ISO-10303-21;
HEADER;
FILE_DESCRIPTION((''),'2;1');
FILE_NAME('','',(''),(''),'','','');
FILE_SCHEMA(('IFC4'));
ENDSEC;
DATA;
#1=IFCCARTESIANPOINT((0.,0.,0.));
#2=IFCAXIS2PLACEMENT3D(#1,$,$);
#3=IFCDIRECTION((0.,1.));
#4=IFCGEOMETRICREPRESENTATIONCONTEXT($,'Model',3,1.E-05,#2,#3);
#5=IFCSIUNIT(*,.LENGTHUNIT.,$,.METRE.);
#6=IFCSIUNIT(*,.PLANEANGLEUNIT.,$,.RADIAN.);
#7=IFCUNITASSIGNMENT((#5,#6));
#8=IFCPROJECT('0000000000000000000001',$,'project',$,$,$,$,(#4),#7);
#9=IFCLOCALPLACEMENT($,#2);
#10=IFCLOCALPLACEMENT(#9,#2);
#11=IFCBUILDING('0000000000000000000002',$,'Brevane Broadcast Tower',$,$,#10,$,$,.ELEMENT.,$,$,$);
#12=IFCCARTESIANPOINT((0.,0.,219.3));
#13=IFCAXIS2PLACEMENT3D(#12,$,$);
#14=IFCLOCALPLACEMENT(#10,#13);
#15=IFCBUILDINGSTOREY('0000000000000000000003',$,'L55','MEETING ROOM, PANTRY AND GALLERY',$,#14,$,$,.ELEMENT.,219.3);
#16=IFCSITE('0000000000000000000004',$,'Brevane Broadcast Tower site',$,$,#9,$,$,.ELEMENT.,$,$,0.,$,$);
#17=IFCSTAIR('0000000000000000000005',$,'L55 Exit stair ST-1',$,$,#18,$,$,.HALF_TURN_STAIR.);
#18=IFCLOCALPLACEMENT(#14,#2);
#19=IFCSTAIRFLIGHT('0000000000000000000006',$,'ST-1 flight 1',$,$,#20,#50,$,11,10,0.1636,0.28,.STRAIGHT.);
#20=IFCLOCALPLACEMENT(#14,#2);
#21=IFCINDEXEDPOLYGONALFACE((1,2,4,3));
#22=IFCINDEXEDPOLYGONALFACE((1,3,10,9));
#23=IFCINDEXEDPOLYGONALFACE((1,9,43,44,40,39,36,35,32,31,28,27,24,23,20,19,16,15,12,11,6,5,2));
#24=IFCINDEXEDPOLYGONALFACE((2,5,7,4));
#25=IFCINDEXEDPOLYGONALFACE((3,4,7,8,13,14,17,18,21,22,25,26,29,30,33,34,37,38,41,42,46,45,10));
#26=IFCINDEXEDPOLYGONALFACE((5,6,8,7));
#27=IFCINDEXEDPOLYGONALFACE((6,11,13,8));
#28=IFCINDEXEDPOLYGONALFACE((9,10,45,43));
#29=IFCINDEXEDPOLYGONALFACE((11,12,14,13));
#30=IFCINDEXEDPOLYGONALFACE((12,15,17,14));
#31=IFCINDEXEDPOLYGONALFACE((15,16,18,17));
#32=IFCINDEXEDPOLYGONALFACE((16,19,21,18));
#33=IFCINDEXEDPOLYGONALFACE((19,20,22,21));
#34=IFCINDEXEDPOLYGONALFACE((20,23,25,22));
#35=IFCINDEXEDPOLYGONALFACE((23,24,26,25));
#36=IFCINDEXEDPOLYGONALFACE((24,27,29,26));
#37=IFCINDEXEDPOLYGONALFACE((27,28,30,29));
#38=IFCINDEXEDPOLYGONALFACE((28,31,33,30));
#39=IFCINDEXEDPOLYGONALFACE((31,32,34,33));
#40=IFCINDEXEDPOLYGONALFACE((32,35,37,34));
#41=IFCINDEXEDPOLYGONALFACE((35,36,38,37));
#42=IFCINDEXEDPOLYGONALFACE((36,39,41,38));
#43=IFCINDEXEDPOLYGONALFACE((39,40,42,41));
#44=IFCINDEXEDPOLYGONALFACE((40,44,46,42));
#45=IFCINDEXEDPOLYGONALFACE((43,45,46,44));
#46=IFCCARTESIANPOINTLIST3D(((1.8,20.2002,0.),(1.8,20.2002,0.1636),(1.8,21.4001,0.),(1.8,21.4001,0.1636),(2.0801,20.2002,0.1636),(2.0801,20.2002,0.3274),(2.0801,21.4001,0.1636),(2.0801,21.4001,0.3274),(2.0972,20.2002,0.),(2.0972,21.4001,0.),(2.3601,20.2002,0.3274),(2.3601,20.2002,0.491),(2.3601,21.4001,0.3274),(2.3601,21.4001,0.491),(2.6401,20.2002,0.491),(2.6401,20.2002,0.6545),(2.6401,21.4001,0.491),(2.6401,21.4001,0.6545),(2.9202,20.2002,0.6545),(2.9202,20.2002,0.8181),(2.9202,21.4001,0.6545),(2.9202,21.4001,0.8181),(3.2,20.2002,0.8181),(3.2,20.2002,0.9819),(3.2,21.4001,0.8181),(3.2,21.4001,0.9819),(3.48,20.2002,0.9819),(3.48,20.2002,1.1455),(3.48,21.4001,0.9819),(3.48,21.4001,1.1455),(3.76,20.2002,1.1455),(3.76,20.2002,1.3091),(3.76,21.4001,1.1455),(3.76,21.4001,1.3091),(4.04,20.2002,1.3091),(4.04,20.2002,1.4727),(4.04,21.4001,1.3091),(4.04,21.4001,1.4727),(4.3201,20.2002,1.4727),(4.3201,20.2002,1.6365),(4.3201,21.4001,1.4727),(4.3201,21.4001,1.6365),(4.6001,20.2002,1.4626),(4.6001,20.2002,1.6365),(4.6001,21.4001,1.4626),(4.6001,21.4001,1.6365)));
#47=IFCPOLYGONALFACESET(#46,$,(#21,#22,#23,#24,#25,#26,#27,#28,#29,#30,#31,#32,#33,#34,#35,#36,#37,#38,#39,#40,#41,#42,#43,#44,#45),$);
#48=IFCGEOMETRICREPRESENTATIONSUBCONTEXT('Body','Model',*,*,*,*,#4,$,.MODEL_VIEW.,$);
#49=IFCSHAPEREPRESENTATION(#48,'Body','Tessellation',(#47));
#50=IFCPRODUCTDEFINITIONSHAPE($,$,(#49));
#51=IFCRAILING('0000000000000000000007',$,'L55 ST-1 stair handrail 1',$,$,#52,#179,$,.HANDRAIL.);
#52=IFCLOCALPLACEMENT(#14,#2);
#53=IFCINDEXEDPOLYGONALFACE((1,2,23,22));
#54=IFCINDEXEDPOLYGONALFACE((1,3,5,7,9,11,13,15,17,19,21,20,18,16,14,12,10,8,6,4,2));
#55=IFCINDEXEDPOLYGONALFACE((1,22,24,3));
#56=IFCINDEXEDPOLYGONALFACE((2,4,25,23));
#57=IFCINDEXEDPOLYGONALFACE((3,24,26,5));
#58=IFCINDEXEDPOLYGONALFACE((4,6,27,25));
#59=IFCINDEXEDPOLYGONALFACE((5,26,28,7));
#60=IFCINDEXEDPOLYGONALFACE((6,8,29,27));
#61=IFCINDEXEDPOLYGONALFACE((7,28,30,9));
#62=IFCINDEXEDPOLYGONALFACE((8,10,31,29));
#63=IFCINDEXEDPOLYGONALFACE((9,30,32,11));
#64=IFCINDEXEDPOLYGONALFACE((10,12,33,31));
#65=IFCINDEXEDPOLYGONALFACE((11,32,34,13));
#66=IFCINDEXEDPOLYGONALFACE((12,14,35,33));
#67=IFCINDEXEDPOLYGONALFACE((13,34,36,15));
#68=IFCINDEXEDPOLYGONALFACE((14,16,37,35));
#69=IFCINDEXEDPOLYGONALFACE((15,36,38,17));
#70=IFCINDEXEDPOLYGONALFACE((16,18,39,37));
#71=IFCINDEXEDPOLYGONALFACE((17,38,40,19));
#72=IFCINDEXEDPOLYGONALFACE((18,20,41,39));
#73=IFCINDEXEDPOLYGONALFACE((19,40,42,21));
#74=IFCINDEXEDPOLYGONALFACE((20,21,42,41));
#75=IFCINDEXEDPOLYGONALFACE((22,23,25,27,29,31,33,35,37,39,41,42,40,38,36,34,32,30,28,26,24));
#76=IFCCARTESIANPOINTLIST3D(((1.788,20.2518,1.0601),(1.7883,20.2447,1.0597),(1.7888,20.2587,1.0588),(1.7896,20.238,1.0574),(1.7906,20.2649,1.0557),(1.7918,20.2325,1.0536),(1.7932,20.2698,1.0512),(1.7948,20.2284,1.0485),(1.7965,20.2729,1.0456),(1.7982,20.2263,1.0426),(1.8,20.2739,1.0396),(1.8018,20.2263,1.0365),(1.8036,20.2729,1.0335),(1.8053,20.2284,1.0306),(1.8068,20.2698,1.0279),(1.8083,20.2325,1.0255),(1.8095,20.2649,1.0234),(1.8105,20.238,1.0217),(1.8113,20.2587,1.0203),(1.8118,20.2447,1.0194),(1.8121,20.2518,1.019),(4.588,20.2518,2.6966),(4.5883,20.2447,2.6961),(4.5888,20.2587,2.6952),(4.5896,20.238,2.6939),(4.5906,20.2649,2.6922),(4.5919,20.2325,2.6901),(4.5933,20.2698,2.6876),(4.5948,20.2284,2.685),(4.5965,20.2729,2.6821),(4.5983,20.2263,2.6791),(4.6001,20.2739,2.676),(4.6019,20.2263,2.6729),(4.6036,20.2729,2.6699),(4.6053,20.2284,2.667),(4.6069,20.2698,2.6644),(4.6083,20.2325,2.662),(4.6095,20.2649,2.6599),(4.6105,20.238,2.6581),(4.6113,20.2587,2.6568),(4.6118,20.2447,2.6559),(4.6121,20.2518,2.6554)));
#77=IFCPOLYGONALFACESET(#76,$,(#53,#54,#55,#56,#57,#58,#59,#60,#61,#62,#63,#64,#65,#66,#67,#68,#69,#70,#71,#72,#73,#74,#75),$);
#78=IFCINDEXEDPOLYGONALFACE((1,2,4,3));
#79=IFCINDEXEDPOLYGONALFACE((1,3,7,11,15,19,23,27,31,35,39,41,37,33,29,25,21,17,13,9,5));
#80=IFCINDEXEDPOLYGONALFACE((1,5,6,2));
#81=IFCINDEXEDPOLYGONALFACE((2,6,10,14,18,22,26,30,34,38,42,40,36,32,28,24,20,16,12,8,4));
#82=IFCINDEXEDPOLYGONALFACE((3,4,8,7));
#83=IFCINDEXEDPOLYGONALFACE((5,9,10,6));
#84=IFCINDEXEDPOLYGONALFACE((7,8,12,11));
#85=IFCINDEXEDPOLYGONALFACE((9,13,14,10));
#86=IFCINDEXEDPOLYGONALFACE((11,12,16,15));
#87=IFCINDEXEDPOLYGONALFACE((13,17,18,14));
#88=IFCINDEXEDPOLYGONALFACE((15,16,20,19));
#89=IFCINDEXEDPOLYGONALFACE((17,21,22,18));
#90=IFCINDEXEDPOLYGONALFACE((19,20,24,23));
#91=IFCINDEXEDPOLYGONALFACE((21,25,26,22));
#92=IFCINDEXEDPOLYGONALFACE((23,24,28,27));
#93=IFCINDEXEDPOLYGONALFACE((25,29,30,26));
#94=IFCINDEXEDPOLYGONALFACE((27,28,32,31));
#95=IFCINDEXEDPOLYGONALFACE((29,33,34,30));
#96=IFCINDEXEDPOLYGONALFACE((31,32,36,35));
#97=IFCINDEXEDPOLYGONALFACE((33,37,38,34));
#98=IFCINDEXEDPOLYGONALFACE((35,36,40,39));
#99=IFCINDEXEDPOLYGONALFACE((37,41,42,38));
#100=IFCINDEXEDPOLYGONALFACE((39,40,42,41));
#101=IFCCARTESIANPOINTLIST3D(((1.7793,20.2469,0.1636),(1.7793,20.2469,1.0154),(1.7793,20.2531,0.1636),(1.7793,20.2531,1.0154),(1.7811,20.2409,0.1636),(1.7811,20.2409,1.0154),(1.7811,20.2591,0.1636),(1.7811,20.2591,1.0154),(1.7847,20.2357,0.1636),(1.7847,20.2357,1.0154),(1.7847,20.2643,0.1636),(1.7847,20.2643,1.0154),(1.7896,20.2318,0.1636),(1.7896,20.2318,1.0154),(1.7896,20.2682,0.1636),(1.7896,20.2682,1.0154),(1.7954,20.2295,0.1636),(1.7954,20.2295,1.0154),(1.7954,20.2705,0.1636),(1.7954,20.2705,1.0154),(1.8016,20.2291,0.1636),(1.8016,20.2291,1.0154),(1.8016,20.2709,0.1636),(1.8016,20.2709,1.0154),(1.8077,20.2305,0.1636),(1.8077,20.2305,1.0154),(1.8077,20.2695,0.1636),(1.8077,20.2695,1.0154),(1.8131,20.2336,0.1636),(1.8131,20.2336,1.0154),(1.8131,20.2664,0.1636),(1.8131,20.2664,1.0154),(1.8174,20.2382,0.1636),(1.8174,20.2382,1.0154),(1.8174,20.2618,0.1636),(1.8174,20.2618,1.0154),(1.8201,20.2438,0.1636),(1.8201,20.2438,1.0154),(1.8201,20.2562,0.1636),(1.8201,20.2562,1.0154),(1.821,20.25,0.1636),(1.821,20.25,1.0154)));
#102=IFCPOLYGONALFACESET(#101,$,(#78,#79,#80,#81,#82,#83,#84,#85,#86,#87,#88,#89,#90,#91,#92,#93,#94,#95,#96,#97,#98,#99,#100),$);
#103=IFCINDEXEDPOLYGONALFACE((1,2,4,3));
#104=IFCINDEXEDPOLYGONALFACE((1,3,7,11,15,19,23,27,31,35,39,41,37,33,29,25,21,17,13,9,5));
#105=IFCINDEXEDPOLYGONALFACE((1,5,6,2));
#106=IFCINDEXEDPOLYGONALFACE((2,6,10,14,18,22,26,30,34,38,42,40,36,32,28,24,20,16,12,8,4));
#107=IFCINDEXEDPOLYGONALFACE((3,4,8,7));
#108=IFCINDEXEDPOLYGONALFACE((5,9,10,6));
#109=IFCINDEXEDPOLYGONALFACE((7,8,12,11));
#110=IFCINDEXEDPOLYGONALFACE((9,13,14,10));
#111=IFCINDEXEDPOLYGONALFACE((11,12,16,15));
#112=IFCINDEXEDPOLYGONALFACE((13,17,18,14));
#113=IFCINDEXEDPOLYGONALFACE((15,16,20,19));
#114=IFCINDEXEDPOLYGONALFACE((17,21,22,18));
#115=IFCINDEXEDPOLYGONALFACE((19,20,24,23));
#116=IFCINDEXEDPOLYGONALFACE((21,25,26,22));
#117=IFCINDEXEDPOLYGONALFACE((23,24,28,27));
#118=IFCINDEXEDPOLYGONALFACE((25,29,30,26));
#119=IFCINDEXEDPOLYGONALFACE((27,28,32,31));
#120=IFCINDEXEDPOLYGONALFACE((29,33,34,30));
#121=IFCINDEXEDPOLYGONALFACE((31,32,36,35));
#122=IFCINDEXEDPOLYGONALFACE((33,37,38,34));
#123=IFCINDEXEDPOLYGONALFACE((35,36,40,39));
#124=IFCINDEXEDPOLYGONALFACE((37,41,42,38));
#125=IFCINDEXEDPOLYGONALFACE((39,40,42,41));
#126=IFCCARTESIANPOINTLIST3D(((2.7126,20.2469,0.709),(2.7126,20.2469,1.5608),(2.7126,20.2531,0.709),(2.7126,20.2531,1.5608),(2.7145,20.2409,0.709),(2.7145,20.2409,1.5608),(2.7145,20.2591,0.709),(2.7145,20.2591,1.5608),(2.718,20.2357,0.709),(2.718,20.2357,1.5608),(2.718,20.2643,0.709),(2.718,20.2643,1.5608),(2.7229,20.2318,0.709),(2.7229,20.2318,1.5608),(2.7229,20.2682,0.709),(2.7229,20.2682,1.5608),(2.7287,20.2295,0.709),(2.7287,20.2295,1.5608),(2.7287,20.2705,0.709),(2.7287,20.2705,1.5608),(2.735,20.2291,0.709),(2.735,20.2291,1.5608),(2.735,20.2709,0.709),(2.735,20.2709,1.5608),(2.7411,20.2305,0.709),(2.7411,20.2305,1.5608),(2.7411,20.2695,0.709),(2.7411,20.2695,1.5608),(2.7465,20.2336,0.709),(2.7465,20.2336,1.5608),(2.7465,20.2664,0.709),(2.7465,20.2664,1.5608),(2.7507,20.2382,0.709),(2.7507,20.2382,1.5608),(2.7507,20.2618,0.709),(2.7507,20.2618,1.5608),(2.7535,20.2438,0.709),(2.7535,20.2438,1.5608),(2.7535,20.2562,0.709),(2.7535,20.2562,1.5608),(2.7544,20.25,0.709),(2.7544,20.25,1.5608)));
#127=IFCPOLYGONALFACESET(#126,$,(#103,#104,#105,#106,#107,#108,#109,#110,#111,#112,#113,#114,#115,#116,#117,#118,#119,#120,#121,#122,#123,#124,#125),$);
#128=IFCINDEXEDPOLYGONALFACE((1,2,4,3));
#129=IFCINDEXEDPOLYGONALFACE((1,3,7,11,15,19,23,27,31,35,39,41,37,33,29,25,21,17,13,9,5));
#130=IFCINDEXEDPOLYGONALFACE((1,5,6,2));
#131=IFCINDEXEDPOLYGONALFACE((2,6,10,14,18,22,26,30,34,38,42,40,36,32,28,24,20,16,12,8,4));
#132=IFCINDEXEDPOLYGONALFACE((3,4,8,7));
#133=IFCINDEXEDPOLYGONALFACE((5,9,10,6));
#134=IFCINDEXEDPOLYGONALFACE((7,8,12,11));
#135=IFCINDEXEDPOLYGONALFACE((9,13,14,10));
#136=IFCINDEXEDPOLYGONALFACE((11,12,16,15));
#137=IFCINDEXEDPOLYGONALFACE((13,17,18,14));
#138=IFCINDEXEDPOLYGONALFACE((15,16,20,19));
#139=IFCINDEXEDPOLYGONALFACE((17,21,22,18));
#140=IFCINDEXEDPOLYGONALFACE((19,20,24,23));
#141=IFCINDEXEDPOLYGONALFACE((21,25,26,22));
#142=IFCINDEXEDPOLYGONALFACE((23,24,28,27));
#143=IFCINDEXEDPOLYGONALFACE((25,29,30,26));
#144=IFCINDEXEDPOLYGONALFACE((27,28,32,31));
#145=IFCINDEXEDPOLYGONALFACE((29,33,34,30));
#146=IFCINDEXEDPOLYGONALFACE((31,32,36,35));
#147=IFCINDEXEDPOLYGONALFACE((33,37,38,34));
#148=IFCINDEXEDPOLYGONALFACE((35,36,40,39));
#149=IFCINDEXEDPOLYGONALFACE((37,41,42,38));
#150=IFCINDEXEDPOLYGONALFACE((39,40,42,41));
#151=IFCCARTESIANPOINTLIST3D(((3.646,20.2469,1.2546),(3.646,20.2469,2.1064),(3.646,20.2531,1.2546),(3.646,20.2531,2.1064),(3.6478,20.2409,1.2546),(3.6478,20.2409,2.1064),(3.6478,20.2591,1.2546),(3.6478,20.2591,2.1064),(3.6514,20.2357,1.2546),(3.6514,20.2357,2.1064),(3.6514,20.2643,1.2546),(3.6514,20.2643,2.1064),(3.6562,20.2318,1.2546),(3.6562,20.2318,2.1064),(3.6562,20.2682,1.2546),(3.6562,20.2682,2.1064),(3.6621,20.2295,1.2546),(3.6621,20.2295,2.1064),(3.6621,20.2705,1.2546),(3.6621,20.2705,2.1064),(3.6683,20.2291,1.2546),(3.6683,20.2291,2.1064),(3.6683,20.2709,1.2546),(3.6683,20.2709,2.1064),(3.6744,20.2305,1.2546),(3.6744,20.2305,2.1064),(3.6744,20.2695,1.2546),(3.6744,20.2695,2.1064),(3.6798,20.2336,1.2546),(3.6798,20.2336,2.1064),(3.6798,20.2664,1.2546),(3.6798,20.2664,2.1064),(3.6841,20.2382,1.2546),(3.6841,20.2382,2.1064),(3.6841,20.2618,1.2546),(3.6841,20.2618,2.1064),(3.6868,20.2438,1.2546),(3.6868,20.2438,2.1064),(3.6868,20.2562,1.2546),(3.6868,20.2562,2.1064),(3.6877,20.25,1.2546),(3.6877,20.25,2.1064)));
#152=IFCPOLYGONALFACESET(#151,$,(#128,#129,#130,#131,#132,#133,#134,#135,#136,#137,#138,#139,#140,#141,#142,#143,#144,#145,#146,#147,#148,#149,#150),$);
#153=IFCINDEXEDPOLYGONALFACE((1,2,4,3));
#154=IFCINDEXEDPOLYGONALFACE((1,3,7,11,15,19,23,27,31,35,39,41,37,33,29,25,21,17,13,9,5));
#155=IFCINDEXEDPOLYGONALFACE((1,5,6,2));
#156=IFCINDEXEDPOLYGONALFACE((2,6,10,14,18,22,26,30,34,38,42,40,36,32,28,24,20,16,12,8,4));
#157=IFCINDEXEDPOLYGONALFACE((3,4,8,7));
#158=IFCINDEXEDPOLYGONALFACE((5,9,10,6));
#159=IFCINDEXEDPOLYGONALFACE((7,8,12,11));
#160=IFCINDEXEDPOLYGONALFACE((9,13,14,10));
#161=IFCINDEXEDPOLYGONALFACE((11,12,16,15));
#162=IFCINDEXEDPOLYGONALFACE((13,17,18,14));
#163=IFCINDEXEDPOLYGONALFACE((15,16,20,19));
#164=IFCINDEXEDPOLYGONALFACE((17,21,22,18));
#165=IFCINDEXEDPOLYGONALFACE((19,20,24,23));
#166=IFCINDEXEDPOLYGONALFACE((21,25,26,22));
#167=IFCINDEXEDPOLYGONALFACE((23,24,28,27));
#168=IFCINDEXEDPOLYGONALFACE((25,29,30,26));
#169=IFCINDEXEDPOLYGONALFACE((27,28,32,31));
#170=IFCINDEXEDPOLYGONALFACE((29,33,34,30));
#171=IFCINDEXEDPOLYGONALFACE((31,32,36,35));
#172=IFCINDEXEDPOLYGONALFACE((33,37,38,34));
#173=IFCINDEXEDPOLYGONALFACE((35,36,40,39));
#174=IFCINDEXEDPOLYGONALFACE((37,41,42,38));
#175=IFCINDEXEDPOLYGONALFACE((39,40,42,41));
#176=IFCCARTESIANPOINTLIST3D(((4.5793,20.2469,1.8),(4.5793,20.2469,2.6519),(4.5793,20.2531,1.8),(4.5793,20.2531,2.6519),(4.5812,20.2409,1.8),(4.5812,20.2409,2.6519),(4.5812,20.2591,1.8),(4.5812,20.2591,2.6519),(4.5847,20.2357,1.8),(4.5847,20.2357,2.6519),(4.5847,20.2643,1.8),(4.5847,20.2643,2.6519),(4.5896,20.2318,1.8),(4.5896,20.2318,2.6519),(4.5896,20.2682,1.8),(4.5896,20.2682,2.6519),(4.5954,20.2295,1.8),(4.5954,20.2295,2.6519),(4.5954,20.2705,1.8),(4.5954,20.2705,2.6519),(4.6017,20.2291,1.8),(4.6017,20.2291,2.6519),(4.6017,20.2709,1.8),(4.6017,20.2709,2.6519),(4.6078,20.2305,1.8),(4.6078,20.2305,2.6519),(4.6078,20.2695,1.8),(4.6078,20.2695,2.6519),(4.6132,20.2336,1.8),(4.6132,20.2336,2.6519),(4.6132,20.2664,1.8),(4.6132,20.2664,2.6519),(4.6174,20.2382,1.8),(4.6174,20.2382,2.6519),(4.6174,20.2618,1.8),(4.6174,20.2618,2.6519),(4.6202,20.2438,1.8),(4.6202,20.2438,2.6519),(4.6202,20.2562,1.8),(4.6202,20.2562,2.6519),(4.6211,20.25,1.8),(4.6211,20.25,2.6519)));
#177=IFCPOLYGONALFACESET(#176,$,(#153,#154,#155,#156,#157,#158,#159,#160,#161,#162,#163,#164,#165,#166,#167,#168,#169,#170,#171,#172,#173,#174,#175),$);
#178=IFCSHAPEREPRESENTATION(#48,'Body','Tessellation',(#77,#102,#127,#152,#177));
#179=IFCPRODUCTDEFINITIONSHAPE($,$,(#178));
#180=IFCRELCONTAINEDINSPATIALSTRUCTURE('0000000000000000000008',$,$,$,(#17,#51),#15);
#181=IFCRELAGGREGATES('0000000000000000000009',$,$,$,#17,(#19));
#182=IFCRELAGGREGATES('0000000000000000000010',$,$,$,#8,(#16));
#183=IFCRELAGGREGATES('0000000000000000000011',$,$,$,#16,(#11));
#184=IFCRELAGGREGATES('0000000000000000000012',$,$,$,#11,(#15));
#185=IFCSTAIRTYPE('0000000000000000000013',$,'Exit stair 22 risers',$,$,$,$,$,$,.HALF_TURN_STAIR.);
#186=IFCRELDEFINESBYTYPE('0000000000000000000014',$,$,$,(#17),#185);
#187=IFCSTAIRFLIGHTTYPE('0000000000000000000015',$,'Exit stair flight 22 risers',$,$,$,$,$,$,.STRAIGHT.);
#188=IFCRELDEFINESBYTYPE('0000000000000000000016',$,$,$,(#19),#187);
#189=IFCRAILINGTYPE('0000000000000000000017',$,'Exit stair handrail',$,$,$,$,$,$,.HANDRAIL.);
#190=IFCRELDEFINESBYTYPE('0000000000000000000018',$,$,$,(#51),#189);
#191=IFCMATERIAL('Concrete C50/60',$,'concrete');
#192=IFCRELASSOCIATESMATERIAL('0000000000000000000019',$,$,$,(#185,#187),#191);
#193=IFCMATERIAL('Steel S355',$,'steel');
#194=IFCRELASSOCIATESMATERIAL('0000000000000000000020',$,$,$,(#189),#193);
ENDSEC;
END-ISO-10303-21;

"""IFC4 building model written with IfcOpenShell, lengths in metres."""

from ifc_helpers import new_model, si_unit, direction, frame, origin, origin_2d, place, context, subcontext, project, spatial, polyline, circle, outline, extrude, material, type_object, element, aggregate, save


model = new_model("IFC4")

# Units and contexts
model_context = context("Model", 3, precision=1e-05, world=origin(), true_north=direction((0.0, 1.0)))
body_context = subcontext(model_context, "Body", "Model", "MODEL_VIEW")
ifc_project = project(units=[si_unit("LENGTHUNIT", "METRE"), si_unit("PLANEANGLEUNIT", "RADIAN")], contexts=[model_context])

# Site, building, storey
site_placement = place(None, origin())
site = spatial("IfcSite", under=ifc_project, at=site_placement, Name="Brevane Broadcast Tower site", CompositionType="ELEMENT", RefElevation=0.0)
building_placement = place(site_placement, origin())
building = spatial("IfcBuilding", under=site, at=building_placement, Name="Brevane Broadcast Tower", CompositionType="ELEMENT")
storey_placement = place(building_placement, frame((0.0, 0.0, 219.3)))
storey = spatial("IfcBuildingStorey", under=building, at=storey_placement, Name="L55", Description="MEETING ROOM, PANTRY AND GALLERY", CompositionType="ELEMENT", Elevation=219.3)

# Shared definitions
ifc_material_1 = material(Name="Concrete C50/60", Category="concrete")

# Stair, stair flight
stair_type = type_object("IfcStairType", Name="Exit stair 22 risers", PredefinedType="HALF_TURN_STAIR", material=ifc_material_1)
stair_placement = place(storey_placement, origin())
stair = element("IfcStair", 1, at=stair_placement, inside=storey, type_object=stair_type, Name="L55 Exit stair ST-1", PredefinedType="HALF_TURN_STAIR")
stair_flight_type = type_object("IfcStairFlightType", Name="Exit stair flight 22 risers", PredefinedType="STRAIGHT", material=ifc_material_1)
stair_flight_placement = place(storey_placement, frame((1.8, 20.8, 0.0), z_axis=(0.0, 0.0, 1.0), x_axis=(1.0, 0.0, 0.0)))
stair_flight = element("IfcStairFlight", 2, at=stair_flight_placement, type_object=stair_flight_type, Name="ST-1 flight 1", NumberOfRisers=11, NumberOfTreads=10, PredefinedType="STRAIGHT", RiserHeight=0.1636, TreadLength=0.28, context=body_context, shape_type="SweptSolid", body=[
    extrude(outline(polyline([(0.0, 0.0), (0.0, 0.1636), (0.28, 0.1636), (0.28, 0.3274), (0.5601, 0.3274), (0.5601, 0.491), (0.8401, 0.491), (0.8401, 0.6545), (1.1201, 0.6545), (1.1201, 0.8181), (1.3999, 0.8181), (1.3999, 0.9819), (1.6799, 0.9819), (1.6799, 1.1455), (1.96, 1.1455), (1.96, 1.3091), (2.24, 1.3091), (2.24, 1.4727), (2.52, 1.4727), (2.52, 1.6365), (2.8, 1.6365), (2.8, 1.8), (2.8, 1.4626), (0.2971, 0.0), (0.0, 0.0)])), frame((0.0, 0.6001, 0.0), z_axis=(0.0, -1.0, 0.0), x_axis=(1.0, 0.0, 0.0)), (0.0, 0.0, 1.0), 1.2),
])
aggregate(stair, [stair_flight])

# Railing
ifc_material_2 = material(Name="Steel S355", Category="steel")
railing_type = type_object("IfcRailingType", Name="Exit stair handrail", PredefinedType="HANDRAIL", material=ifc_material_2)
railing_placement = place(storey_placement, frame((1.8, 20.25, 0.1636)))
element("IfcRailing", 3, at=railing_placement, inside=storey, type_object=railing_type, Name="L55 ST-1 stair handrail 1", PredefinedType="HANDRAIL", context=body_context, shape_type="SweptSolid", body=[
    extrude(circle(Radius=0.0239, at=origin_2d()), frame((0.0, 0.0, 0.876), z_axis=(0.863361, 0.0, 0.504587), x_axis=(0.0, 1.0, 0.0)), (0.0, 0.0, 1.0), 3.2432),
    extrude(circle(Radius=0.021, at=origin_2d()), origin(), (0.0, 0.0, 1.0), 0.8518),
    extrude(circle(Radius=0.021, at=origin_2d()), frame((0.9333, 0.0, 0.5454)), (0.0, 0.0, 1.0), 0.8518),
    extrude(circle(Radius=0.021, at=origin_2d()), frame((1.8667, 0.0, 1.0911)), (0.0, 0.0, 1.0), 0.8518),
    extrude(circle(Radius=0.021, at=origin_2d()), frame((2.8, 0.0, 1.6365)), (0.0, 0.0, 1.0), 0.8518),
])

save(model, "model.ifc")
